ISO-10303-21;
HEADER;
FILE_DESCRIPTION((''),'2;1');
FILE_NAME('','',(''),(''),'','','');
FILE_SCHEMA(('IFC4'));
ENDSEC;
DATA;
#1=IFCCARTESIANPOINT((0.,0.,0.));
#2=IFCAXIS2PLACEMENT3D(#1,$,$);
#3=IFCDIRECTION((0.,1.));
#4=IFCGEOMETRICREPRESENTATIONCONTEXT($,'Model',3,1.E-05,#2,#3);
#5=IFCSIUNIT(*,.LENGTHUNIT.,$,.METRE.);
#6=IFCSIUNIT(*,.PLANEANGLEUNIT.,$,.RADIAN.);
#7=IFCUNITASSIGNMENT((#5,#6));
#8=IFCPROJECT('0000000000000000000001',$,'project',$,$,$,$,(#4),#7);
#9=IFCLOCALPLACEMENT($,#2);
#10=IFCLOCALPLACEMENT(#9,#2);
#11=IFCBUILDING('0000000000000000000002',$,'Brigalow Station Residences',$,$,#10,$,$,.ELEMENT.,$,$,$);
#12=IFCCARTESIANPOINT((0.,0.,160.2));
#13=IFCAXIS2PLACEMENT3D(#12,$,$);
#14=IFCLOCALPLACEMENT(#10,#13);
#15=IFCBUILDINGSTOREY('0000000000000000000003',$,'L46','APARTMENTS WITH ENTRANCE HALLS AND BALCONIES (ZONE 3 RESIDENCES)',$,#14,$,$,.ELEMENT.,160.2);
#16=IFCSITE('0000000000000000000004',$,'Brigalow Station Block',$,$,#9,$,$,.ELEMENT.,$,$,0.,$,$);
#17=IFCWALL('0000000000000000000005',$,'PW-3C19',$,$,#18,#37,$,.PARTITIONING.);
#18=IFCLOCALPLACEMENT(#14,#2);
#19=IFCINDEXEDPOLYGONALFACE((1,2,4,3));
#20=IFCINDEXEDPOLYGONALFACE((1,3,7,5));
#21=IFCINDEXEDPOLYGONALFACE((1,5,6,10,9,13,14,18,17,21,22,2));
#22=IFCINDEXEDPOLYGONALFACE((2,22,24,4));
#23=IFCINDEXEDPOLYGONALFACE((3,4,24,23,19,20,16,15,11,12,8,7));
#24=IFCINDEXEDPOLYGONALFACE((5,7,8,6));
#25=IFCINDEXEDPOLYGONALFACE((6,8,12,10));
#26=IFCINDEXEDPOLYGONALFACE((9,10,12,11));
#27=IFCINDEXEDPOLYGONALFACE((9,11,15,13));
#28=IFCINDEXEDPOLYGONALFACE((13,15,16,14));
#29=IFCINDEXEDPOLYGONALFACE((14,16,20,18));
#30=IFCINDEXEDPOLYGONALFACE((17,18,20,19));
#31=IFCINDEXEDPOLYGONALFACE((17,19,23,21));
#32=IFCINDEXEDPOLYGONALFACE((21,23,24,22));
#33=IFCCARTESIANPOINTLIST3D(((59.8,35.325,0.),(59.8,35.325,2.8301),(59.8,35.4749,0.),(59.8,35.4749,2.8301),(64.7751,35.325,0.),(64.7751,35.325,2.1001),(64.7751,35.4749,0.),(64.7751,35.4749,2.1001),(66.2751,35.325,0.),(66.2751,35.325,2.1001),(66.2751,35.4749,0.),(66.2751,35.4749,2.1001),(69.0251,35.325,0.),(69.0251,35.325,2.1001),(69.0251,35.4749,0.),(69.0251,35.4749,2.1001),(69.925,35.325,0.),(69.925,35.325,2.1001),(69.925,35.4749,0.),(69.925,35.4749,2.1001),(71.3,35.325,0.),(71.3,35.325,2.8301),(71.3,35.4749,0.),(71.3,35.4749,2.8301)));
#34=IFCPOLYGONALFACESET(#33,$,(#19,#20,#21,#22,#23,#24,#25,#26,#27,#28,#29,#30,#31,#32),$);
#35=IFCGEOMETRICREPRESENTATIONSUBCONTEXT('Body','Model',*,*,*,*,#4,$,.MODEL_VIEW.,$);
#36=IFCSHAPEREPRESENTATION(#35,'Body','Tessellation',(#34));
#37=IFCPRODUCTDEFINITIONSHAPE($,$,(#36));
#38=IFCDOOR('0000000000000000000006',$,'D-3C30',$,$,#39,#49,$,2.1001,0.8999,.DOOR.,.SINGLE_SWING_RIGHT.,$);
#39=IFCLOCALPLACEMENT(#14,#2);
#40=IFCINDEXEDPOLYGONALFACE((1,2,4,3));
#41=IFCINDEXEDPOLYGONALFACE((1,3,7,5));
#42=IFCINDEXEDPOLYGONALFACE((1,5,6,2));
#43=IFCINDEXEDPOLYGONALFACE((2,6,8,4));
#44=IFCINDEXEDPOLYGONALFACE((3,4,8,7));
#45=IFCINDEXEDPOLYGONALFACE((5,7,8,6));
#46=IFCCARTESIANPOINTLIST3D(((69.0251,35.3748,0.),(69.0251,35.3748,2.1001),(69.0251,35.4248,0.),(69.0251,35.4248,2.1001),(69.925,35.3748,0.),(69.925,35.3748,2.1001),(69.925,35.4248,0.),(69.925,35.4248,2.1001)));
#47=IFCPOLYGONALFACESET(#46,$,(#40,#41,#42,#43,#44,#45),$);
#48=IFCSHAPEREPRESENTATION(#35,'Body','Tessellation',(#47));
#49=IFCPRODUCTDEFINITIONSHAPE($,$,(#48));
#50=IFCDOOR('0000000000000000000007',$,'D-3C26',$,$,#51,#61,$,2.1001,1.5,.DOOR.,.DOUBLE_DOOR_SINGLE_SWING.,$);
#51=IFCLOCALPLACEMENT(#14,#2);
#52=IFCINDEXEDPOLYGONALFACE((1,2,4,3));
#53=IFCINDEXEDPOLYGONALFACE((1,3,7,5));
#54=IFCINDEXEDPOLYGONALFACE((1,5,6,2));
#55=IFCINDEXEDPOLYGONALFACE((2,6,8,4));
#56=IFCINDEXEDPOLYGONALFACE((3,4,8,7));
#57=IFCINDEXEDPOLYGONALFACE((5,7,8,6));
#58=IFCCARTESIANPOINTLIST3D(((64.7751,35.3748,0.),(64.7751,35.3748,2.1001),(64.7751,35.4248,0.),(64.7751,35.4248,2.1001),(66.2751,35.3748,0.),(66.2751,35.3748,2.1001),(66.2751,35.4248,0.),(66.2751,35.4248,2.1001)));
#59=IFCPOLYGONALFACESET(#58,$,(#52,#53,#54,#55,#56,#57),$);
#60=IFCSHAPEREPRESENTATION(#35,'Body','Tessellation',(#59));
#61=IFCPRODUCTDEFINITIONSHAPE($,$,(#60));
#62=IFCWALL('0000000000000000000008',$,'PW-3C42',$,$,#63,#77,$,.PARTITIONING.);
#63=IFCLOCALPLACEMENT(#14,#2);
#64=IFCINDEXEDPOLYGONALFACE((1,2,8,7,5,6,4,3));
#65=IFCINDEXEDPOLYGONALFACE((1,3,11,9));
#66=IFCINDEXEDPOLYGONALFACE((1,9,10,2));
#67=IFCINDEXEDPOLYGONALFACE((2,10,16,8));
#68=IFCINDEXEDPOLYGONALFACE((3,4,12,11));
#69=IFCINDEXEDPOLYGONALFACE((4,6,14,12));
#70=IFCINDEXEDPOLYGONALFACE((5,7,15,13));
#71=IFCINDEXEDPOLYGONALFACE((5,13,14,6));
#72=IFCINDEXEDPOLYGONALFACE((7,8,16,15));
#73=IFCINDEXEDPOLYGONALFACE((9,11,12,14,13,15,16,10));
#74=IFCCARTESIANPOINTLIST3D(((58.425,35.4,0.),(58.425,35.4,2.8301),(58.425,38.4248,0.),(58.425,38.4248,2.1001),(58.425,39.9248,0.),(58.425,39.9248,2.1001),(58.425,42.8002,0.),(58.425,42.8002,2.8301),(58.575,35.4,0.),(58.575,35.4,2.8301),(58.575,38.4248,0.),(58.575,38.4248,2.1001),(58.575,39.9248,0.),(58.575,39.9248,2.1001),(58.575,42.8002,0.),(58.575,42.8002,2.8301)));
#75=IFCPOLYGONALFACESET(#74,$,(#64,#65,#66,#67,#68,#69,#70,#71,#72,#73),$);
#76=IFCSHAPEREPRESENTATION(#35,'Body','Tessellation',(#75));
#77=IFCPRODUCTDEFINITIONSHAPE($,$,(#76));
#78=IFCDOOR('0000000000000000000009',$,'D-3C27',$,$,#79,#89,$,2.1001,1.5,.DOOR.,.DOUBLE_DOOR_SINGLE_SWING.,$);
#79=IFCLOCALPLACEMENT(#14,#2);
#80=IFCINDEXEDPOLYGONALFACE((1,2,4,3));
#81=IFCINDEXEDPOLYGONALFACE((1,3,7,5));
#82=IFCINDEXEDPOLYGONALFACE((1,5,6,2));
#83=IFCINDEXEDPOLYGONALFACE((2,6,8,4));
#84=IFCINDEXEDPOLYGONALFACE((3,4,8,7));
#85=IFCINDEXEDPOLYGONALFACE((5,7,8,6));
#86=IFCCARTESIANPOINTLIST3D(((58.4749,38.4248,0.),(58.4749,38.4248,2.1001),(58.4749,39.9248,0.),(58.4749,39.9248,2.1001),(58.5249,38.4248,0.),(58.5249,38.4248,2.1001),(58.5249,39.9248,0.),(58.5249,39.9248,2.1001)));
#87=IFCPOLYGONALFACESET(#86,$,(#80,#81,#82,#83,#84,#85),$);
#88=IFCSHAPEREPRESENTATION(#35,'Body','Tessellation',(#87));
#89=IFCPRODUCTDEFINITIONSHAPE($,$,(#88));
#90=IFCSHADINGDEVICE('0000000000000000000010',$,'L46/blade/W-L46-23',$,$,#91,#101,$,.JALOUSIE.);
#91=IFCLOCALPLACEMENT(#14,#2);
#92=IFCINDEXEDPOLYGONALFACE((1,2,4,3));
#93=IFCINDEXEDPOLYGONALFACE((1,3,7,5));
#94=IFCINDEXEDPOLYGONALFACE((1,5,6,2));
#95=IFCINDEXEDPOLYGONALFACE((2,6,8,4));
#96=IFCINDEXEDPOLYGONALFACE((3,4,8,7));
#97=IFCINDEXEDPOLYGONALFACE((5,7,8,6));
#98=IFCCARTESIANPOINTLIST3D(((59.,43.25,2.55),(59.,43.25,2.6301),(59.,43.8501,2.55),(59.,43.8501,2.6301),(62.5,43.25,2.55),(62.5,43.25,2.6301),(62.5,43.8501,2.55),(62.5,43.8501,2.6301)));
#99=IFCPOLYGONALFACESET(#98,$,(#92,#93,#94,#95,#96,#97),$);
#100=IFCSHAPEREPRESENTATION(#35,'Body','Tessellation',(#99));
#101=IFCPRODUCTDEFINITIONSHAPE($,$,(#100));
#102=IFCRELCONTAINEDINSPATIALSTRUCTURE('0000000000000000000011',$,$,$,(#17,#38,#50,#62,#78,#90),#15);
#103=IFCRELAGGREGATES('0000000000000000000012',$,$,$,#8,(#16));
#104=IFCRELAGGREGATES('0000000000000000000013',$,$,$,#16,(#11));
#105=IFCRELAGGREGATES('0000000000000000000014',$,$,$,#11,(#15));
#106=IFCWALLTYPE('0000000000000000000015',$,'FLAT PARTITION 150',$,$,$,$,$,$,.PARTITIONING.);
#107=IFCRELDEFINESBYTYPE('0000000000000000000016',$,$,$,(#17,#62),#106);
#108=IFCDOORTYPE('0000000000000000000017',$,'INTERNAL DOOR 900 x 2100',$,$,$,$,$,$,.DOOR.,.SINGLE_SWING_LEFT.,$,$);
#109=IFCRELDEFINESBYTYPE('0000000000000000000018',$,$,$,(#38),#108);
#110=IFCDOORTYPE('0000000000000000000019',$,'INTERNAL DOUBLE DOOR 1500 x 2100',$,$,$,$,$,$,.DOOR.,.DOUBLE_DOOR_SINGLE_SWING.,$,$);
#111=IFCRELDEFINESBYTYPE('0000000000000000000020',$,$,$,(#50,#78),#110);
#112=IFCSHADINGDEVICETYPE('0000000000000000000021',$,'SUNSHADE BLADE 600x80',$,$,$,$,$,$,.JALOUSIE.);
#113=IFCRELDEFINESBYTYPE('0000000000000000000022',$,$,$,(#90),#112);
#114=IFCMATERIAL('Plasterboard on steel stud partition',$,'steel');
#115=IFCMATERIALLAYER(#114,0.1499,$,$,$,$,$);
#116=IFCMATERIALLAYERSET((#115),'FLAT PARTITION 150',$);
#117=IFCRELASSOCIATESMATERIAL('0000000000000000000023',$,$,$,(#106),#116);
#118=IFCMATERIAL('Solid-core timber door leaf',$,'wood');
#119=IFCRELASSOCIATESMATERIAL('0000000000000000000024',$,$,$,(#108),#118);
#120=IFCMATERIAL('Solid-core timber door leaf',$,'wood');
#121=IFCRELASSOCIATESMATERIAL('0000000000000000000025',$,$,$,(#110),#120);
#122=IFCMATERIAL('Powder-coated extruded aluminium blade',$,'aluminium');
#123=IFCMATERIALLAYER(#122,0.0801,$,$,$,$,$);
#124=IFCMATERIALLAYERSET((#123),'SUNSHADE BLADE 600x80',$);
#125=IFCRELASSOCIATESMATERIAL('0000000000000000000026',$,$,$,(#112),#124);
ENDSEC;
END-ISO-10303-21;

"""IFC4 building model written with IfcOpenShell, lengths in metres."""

from ifc_helpers import new_model, si_unit, direction, frame, frame_2d, origin, origin_2d, place, context, subcontext, project, spatial, rectangle, extrude, material, layer, layer_set, type_object, element, fill, save


model = new_model("IFC4")

# Units and contexts
model_context = context("Model", 3, precision=1e-05, world=origin(), true_north=direction((0.0, 1.0)))
body_context = subcontext(model_context, "Body", "Model", "MODEL_VIEW")
ifc_project = project(units=[si_unit("LENGTHUNIT", "METRE"), si_unit("PLANEANGLEUNIT", "RADIAN")], contexts=[model_context])

# Site, building, storey
site_placement = place(None, origin())
site = spatial("IfcSite", under=ifc_project, at=site_placement, Name="Brigalow Station Block", CompositionType="ELEMENT", RefElevation=0.0)
building_placement = place(site_placement, origin())
building = spatial("IfcBuilding", under=site, at=building_placement, Name="Brigalow Station Residences", CompositionType="ELEMENT")
storey_placement = place(building_placement, frame((0.0, 0.0, 160.2)))
storey = spatial("IfcBuildingStorey", under=building, at=storey_placement, Name="L46", Description="APARTMENTS WITH ENTRANCE HALLS AND BALCONIES (ZONE 3 RESIDENCES)", CompositionType="ELEMENT", Elevation=160.2)

# Wall, openings, doors
ifc_material_1 = material(Name="Plasterboard on steel stud partition", Category="steel")
ifc_layer_1 = layer(ifc_material_1, 0.1499)
ifc_layer_set_1 = layer_set([ifc_layer_1], Name="FLAT PARTITION 150")
wall_type_1 = type_object("IfcWallType", Name="FLAT PARTITION 150", PredefinedType="PARTITIONING", material=ifc_layer_set_1)
wall_1_placement = place(storey_placement, frame((59.8, 35.3999, 0.0), z_axis=(0.0, 0.0, 1.0), x_axis=(1.0, 0.0, 0.0)))
wall_1 = element("IfcWall", 1, at=wall_1_placement, inside=storey, type_object=wall_type_1, Name="PW-3C19", PredefinedType="PARTITIONING", context=body_context, shape_type="SweptSolid", body=[
    extrude(rectangle(XDim=11.5, YDim=0.1499, at=frame_2d((5.75, 0.0))), origin(), (0.0, 0.0, 1.0), 2.8301),
])
opening_1_placement = place(wall_1_placement, frame((4.9751, 0.0, 0.0)))
opening_1 = element("IfcOpeningElement", 2, at=opening_1_placement, cuts=wall_1, PredefinedType="OPENING", context=body_context, shape_type="SweptSolid", body=[
    extrude(rectangle(XDim=1.5, YDim=2.1001, at=frame_2d((0.75, 1.05))), frame((0.0, 0.085, 0.0), z_axis=(0.0, -1.0, 0.0), x_axis=(1.0, 0.0, 0.0)), (0.0, 0.0, 1.0), 0.1699),
])
opening_2_placement = place(wall_1_placement, frame((9.2251, 0.0, 0.0)))
opening_2 = element("IfcOpeningElement", 3, at=opening_2_placement, cuts=wall_1, PredefinedType="OPENING", context=body_context, shape_type="SweptSolid", body=[
    extrude(rectangle(XDim=0.8999, YDim=2.1001, at=frame_2d((0.45, 1.05))), frame((0.0, 0.085, 0.0), z_axis=(0.0, -1.0, 0.0), x_axis=(1.0, 0.0, 0.0)), (0.0, 0.0, 1.0), 0.1699),
])
ifc_material_2 = material(Name="Solid-core timber door leaf", Category="wood")
door_type_1 = type_object("IfcDoorType", Name="INTERNAL DOOR 900 x 2100", OperationType="SINGLE_SWING_LEFT", PredefinedType="DOOR", material=ifc_material_2)
door_1_placement = place(opening_2_placement, origin())
door_1 = element("IfcDoor", 4, at=door_1_placement, inside=storey, type_object=door_type_1, Name="D-3C30", OperationType="SINGLE_SWING_RIGHT", OverallHeight=2.1001, OverallWidth=0.8999, PredefinedType="DOOR", context=body_context, shape_type="SweptSolid", body=[
    extrude(rectangle(XDim=0.8999, YDim=2.1001, at=frame_2d((0.45, 1.05))), frame((0.0, 0.0249, 0.0), z_axis=(0.0, -1.0, 0.0), x_axis=(1.0, 0.0, 0.0)), (0.0, 0.0, 1.0), 0.05),
])
fill(opening_2, door_1)
ifc_material_3 = material(Name="Solid-core timber door leaf", Category="wood")
door_type_2 = type_object("IfcDoorType", Name="INTERNAL DOUBLE DOOR 1500 x 2100", OperationType="DOUBLE_DOOR_SINGLE_SWING", PredefinedType="DOOR", material=ifc_material_3)
door_2_placement = place(opening_1_placement, origin())
door_2 = element("IfcDoor", 5, at=door_2_placement, inside=storey, type_object=door_type_2, Name="D-3C26", OperationType="DOUBLE_DOOR_SINGLE_SWING", OverallHeight=2.1001, OverallWidth=1.5, PredefinedType="DOOR", context=body_context, shape_type="SweptSolid", body=[
    extrude(rectangle(XDim=1.5, YDim=2.1001, at=frame_2d((0.75, 1.05))), frame((0.0, 0.0249, 0.0), z_axis=(0.0, -1.0, 0.0), x_axis=(1.0, 0.0, 0.0)), (0.0, 0.0, 1.0), 0.05),
])
fill(opening_1, door_2)

# Wall, opening, door
wall_2_placement = place(storey_placement, frame((58.5, 35.3999, 0.0), z_axis=(0.0, 0.0, 1.0), x_axis=(0.0, 1.0, 0.0)))
wall_2 = element("IfcWall", 6, at=wall_2_placement, inside=storey, type_object=wall_type_1, Name="PW-3C42", PredefinedType="PARTITIONING", context=body_context, shape_type="SweptSolid", body=[
    extrude(rectangle(XDim=7.4001, YDim=0.1499, at=frame_2d((3.7002, 0.0))), origin(), (0.0, 0.0, 1.0), 2.8301),
])
opening_3_placement = place(wall_2_placement, frame((3.0249, 0.0, 0.0)))
opening_3 = element("IfcOpeningElement", 7, at=opening_3_placement, cuts=wall_2, PredefinedType="OPENING", context=body_context, shape_type="SweptSolid", body=[
    extrude(rectangle(XDim=1.5, YDim=2.1001, at=frame_2d((0.75, 1.05))), frame((0.0, 0.085, 0.0), z_axis=(0.0, -1.0, 0.0), x_axis=(1.0, 0.0, 0.0)), (0.0, 0.0, 1.0), 0.1699),
])
door_3_placement = place(opening_3_placement, frame((1.5, 0.0, 0.0), z_axis=(0.0, 0.0, 1.0), x_axis=(-1.0, 0.0, 0.0)))
door_3 = element("IfcDoor", 8, at=door_3_placement, inside=storey, type_object=door_type_2, Name="D-3C27", OperationType="DOUBLE_DOOR_SINGLE_SWING", OverallHeight=2.1001, OverallWidth=1.5, PredefinedType="DOOR", context=body_context, shape_type="SweptSolid", body=[
    extrude(rectangle(XDim=1.5, YDim=2.1001, at=frame_2d((0.75, 1.05))), frame((0.0, 0.0249, 0.0), z_axis=(0.0, -1.0, 0.0), x_axis=(1.0, 0.0, 0.0)), (0.0, 0.0, 1.0), 0.05),
])
fill(opening_3, door_3)

# Shading device
ifc_material_4 = material(Name="Powder-coated extruded aluminium blade", Category="aluminium")
ifc_layer_2 = layer(ifc_material_4, 0.0801)
ifc_layer_set_2 = layer_set([ifc_layer_2], Name="SUNSHADE BLADE 600x80")
shading_device_type = type_object("IfcShadingDeviceType", Name="SUNSHADE BLADE 600x80", PredefinedType="JALOUSIE", material=ifc_layer_set_2)
shading_device_placement = place(storey_placement, frame((60.75, 43.55, 2.55), z_axis=(0.0, 0.0, 1.0), x_axis=(-1.0, 0.0, 0.0)))
element("IfcShadingDevice", 9, at=shading_device_placement, inside=storey, type_object=shading_device_type, Name="L46/blade/W-L46-23", PredefinedType="JALOUSIE", context=body_context, shape_type="SweptSolid", body=[
    extrude(rectangle(XDim=3.5, YDim=0.6001, at=origin_2d()), origin(), (0.0, 0.0, 1.0), 0.0801),
])

save(model, "model.ifc")
